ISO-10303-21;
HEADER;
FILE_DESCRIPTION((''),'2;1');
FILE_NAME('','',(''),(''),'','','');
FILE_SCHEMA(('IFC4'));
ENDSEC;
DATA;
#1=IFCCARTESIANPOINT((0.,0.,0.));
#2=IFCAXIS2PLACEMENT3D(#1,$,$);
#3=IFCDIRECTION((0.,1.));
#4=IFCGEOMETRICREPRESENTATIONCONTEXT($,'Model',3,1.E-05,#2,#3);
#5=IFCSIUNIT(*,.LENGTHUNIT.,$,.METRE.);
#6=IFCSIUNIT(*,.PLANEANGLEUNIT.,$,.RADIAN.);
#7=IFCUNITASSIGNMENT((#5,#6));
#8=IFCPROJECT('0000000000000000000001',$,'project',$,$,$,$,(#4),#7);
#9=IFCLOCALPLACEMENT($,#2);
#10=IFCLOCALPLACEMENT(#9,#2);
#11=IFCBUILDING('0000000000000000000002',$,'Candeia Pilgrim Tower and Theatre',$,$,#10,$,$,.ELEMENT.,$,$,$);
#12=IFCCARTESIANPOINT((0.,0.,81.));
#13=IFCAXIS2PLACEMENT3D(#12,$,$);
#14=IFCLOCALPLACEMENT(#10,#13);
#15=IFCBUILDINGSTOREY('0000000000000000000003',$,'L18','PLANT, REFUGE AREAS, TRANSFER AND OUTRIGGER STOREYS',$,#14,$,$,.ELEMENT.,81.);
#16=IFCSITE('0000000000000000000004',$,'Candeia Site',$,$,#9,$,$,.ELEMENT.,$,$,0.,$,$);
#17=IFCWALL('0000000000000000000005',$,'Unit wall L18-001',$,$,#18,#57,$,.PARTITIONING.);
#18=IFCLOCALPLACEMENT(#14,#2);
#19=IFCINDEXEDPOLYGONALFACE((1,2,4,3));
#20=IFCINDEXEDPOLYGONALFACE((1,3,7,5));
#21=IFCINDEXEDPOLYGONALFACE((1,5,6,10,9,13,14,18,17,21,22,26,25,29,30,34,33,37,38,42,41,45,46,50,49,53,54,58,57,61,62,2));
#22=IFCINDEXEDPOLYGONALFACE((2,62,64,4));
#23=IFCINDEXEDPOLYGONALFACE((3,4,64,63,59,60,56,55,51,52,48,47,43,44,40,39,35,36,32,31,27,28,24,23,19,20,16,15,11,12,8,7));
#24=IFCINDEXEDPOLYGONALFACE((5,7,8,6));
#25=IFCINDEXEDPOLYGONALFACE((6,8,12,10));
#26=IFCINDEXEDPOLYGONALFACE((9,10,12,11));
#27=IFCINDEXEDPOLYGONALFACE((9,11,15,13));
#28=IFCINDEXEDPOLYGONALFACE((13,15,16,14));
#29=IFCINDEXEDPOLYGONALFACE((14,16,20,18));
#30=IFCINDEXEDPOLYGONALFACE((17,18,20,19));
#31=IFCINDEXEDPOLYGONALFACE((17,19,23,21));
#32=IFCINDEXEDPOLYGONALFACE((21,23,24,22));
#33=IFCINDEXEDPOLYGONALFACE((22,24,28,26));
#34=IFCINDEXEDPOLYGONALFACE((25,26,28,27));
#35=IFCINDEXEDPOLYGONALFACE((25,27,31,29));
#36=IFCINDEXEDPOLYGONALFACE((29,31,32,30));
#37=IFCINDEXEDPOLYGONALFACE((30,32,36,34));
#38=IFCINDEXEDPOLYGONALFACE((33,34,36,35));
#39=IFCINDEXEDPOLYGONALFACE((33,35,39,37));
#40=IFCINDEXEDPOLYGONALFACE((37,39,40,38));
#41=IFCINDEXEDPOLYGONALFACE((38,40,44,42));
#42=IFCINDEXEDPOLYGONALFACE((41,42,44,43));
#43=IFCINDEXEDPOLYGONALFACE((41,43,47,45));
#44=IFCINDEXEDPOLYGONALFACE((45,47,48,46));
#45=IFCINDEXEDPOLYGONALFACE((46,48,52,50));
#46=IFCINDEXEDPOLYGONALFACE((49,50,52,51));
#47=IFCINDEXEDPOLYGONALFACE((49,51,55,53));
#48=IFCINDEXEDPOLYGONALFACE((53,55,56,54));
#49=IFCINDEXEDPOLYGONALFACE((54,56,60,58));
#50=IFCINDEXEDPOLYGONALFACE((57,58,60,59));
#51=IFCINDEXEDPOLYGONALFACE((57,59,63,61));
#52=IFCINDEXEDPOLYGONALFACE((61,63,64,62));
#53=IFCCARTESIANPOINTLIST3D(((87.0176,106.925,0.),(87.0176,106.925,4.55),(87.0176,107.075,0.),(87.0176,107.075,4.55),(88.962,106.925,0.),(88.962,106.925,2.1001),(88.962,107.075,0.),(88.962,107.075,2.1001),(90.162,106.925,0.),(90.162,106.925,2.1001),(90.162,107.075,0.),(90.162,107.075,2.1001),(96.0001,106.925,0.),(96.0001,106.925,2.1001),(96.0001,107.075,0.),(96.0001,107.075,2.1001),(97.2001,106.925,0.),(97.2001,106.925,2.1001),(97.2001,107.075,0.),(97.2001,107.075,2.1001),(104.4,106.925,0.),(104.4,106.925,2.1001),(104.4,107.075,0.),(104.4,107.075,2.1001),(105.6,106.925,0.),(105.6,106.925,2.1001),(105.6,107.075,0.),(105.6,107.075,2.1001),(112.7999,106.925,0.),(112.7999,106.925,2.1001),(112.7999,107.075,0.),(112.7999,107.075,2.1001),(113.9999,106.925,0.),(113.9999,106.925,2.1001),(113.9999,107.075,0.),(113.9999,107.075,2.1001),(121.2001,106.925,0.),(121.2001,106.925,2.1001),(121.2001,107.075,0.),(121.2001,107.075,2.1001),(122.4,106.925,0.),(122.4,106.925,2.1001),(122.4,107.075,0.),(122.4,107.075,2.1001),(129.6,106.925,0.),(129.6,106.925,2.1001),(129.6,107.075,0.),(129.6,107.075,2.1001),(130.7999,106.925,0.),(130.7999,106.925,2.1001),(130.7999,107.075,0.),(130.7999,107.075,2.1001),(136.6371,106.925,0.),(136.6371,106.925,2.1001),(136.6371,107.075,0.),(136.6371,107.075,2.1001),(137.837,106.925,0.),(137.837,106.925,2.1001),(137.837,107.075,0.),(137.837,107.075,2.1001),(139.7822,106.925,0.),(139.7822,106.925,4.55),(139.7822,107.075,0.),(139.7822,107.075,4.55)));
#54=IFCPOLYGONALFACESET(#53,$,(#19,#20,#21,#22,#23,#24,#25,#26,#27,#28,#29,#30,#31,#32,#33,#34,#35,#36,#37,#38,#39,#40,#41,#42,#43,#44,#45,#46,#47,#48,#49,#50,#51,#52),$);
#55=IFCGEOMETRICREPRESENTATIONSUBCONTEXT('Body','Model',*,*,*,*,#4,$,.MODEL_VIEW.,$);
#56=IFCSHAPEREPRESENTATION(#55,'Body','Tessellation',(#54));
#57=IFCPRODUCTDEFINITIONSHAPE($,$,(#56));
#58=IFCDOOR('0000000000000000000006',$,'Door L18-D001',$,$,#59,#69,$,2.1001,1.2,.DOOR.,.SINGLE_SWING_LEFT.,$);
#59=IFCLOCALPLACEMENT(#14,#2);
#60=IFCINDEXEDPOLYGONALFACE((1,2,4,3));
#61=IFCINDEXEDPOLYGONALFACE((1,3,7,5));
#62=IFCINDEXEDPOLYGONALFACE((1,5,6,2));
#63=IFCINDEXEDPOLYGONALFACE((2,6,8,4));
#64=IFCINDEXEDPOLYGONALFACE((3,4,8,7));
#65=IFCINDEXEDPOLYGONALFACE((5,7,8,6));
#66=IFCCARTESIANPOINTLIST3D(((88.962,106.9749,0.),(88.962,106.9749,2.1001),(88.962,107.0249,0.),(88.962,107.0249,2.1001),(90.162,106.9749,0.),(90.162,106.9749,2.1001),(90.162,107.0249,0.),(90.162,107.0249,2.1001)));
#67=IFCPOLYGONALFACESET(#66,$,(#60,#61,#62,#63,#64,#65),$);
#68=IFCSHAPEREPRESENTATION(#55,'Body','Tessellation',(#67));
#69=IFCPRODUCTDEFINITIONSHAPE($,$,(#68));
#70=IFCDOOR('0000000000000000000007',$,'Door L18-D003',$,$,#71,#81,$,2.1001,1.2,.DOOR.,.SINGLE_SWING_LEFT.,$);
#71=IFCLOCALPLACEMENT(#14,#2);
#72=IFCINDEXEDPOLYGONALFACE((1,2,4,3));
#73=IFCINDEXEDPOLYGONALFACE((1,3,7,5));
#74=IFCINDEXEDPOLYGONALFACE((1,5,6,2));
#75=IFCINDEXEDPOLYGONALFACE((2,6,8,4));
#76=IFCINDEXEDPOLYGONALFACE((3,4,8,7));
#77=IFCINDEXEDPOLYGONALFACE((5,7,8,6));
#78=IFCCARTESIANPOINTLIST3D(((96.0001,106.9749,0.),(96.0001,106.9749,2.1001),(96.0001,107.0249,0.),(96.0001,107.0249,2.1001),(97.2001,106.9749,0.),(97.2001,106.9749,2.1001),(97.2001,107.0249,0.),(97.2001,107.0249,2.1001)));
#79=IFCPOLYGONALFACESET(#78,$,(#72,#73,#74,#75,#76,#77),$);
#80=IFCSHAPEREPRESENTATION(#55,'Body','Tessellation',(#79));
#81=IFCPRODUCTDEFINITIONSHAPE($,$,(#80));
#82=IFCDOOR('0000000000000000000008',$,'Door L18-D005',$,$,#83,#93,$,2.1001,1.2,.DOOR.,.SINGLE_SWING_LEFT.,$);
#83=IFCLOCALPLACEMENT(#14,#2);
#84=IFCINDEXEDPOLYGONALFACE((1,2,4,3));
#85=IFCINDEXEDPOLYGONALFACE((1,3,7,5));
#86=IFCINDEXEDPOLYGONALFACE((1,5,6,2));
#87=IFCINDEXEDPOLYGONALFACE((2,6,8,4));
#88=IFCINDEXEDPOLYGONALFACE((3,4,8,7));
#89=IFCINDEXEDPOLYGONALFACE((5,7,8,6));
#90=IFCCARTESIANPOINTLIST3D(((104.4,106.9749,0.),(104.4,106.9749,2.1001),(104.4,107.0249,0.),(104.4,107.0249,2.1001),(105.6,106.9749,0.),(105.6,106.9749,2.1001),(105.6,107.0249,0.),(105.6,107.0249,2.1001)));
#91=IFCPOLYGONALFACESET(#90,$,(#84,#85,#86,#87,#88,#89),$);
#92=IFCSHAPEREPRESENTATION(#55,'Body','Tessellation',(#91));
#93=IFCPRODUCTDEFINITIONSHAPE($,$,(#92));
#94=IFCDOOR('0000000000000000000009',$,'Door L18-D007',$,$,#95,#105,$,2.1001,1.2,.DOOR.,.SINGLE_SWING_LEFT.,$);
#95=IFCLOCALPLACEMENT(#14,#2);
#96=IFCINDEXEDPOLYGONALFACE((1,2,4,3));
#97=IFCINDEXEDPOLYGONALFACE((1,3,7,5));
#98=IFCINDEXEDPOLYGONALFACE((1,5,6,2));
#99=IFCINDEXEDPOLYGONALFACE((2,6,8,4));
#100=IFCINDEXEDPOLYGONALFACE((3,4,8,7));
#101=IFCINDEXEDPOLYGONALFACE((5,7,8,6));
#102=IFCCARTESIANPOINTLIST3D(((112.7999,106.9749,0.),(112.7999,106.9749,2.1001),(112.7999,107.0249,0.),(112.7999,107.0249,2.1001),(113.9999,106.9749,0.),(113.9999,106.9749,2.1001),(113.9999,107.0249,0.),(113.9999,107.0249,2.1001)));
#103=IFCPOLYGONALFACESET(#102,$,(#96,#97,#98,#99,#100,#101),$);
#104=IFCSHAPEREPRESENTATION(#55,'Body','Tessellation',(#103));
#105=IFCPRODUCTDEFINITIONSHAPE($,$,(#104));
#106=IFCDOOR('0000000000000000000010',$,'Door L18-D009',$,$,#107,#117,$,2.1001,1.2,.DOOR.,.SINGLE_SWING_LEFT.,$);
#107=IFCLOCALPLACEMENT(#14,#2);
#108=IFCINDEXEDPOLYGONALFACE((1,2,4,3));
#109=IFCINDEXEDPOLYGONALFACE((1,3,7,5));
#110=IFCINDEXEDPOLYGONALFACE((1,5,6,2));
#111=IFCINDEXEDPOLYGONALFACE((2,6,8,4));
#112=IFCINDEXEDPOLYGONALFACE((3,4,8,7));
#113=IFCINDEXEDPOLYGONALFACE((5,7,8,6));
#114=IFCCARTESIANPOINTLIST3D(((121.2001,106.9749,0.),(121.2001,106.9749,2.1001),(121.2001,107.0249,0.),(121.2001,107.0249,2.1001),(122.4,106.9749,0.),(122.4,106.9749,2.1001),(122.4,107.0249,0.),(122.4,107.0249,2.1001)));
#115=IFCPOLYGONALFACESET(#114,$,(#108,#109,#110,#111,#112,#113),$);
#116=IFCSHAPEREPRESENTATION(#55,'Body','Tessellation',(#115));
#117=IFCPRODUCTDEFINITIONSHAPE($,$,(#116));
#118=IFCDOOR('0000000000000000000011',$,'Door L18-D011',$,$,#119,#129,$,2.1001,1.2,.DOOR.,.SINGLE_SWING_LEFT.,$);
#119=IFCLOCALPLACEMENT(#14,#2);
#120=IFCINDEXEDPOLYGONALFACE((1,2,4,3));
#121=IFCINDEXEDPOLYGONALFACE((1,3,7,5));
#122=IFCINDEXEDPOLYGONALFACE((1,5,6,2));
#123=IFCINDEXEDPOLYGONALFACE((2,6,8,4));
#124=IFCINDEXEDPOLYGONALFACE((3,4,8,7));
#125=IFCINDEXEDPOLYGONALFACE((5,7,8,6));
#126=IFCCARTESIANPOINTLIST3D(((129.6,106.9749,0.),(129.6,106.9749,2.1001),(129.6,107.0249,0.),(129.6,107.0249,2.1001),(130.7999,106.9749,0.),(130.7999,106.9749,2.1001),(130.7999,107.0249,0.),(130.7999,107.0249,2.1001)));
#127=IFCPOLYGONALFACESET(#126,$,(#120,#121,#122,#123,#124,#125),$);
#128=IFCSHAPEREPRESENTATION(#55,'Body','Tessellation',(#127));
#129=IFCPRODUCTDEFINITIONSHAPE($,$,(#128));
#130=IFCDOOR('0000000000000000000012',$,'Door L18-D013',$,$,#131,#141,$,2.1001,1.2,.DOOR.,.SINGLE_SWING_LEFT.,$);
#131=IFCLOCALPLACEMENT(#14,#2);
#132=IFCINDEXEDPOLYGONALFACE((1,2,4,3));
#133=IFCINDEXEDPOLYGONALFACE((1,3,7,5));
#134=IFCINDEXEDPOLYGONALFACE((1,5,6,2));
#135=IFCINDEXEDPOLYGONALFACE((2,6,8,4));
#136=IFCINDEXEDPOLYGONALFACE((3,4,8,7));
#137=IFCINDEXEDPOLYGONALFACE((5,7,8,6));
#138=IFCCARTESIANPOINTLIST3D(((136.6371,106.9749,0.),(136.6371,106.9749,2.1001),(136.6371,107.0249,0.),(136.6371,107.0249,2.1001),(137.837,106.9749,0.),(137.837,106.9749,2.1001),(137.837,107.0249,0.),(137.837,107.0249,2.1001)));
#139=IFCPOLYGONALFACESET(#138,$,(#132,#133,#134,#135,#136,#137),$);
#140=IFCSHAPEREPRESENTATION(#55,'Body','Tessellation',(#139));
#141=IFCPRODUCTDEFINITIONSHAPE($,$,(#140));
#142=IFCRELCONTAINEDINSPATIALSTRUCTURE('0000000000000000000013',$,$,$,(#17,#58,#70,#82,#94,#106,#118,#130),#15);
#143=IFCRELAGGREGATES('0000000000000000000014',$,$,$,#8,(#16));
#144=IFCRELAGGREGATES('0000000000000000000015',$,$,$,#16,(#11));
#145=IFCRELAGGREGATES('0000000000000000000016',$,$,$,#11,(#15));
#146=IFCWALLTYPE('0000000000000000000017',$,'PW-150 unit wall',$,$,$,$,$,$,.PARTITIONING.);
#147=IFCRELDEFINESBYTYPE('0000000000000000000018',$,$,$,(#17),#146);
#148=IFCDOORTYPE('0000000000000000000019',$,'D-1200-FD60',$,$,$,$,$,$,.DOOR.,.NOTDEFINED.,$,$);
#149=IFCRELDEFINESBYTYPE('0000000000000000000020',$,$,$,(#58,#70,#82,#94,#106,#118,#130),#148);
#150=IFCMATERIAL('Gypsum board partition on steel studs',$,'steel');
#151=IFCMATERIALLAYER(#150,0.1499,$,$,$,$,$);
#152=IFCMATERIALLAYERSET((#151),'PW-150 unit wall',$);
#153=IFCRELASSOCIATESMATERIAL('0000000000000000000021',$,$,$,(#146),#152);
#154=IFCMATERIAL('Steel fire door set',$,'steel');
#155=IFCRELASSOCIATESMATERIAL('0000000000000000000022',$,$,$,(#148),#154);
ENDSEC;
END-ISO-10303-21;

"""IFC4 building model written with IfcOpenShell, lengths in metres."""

from ifc_helpers import new_model, si_unit, direction, frame, frame_2d, origin, place, context, subcontext, project, spatial, rectangle, extrude, material, layer, layer_set, type_object, element, fill, save


model = new_model("IFC4")

# Units and contexts
model_context = context("Model", 3, precision=1e-05, world=origin(), true_north=direction((0.0, 1.0)))
body_context = subcontext(model_context, "Body", "Model", "MODEL_VIEW")
ifc_project = project(units=[si_unit("LENGTHUNIT", "METRE"), si_unit("PLANEANGLEUNIT", "RADIAN")], contexts=[model_context])

# Site, building, storey
site_placement = place(None, origin())
site = spatial("IfcSite", under=ifc_project, at=site_placement, Name="Candeia Site", CompositionType="ELEMENT", RefElevation=0.0)
building_placement = place(site_placement, origin())
building = spatial("IfcBuilding", under=site, at=building_placement, Name="Candeia Pilgrim Tower and Theatre", CompositionType="ELEMENT")
storey_placement = place(building_placement, frame((0.0, 0.0, 81.0)))
storey = spatial("IfcBuildingStorey", under=building, at=storey_placement, Name="L18", Description="PLANT, REFUGE AREAS, TRANSFER AND OUTRIGGER STOREYS", CompositionType="ELEMENT", Elevation=81.0)

# Shared definitions
ifc_material_1 = material(Name="Gypsum board partition on steel studs", Category="steel")

# Wall, openings, doors
ifc_layer_1 = layer(ifc_material_1, 0.1499)
ifc_layer_set_1 = layer_set([ifc_layer_1], Name="PW-150 unit wall")
wall_type_1 = type_object("IfcWallType", Name="PW-150 unit wall", PredefinedType="PARTITIONING", material=ifc_layer_set_1)
wall_1_placement = place(storey_placement, frame((87.0176, 107.0, 0.0), z_axis=(0.0, 0.0, 1.0), x_axis=(1.0, 0.0, 0.0)))
wall_1 = element("IfcWall", 1, at=wall_1_placement, inside=storey, type_object=wall_type_1, Name="Unit wall L18-001", PredefinedType="PARTITIONING", context=body_context, shape_type="SweptSolid", body=[
    extrude(rectangle(XDim=52.7646, YDim=0.1499, at=frame_2d((26.3823, 0.0))), origin(), (0.0, 0.0, 1.0), 4.55),
])
opening_1_placement = place(wall_1_placement, frame((1.9443, 0.0, 0.0)))
opening_1 = element("IfcOpeningElement", 2, at=opening_1_placement, cuts=wall_1, PredefinedType="OPENING", context=body_context, shape_type="SweptSolid", body=[
    extrude(rectangle(XDim=1.2, YDim=2.1001, at=frame_2d((0.6001, 1.05))), frame((0.0, 0.085, 0.0), z_axis=(0.0, -1.0, 0.0), x_axis=(1.0, 0.0, 0.0)), (0.0, 0.0, 1.0), 0.1699),
])
opening_2_placement = place(wall_1_placement, frame((8.9824, 0.0, 0.0)))
opening_2 = element("IfcOpeningElement", 3, at=opening_2_placement, cuts=wall_1, PredefinedType="OPENING", context=body_context, shape_type="SweptSolid", body=[
    extrude(rectangle(XDim=1.2, YDim=2.1001, at=frame_2d((0.6001, 1.05))), frame((0.0, 0.085, 0.0), z_axis=(0.0, -1.0, 0.0), x_axis=(1.0, 0.0, 0.0)), (0.0, 0.0, 1.0), 0.1699),
])
opening_3_placement = place(wall_1_placement, frame((17.3823, 0.0, 0.0)))
opening_3 = element("IfcOpeningElement", 4, at=opening_3_placement, cuts=wall_1, PredefinedType="OPENING", context=body_context, shape_type="SweptSolid", body=[
    extrude(rectangle(XDim=1.2, YDim=2.1001, at=frame_2d((0.6001, 1.05))), frame((0.0, 0.085, 0.0), z_axis=(0.0, -1.0, 0.0), x_axis=(1.0, 0.0, 0.0)), (0.0, 0.0, 1.0), 0.1699),
])
opening_4_placement = place(wall_1_placement, frame((25.7822, 0.0, 0.0)))
opening_4 = element("IfcOpeningElement", 5, at=opening_4_placement, cuts=wall_1, PredefinedType="OPENING", context=body_context, shape_type="SweptSolid", body=[
    extrude(rectangle(XDim=1.2, YDim=2.1001, at=frame_2d((0.6001, 1.05))), frame((0.0, 0.085, 0.0), z_axis=(0.0, -1.0, 0.0), x_axis=(1.0, 0.0, 0.0)), (0.0, 0.0, 1.0), 0.1699),
])
opening_5_placement = place(wall_1_placement, frame((34.1824, 0.0, 0.0)))
opening_5 = element("IfcOpeningElement", 6, at=opening_5_placement, cuts=wall_1, PredefinedType="OPENING", context=body_context, shape_type="SweptSolid", body=[
    extrude(rectangle(XDim=1.2, YDim=2.1001, at=frame_2d((0.6001, 1.05))), frame((0.0, 0.085, 0.0), z_axis=(0.0, -1.0, 0.0), x_axis=(1.0, 0.0, 0.0)), (0.0, 0.0, 1.0), 0.1699),
])
opening_6_placement = place(wall_1_placement, frame((42.5823, 0.0, 0.0)))
opening_6 = element("IfcOpeningElement", 7, at=opening_6_placement, cuts=wall_1, PredefinedType="OPENING", context=body_context, shape_type="SweptSolid", body=[
    extrude(rectangle(XDim=1.2, YDim=2.1001, at=frame_2d((0.6001, 1.05))), frame((0.0, 0.085, 0.0), z_axis=(0.0, -1.0, 0.0), x_axis=(1.0, 0.0, 0.0)), (0.0, 0.0, 1.0), 0.1699),
])
opening_7_placement = place(wall_1_placement, frame((49.6194, 0.0, 0.0)))
opening_7 = element("IfcOpeningElement", 8, at=opening_7_placement, cuts=wall_1, PredefinedType="OPENING", context=body_context, shape_type="SweptSolid", body=[
    extrude(rectangle(XDim=1.2, YDim=2.1001, at=frame_2d((0.6001, 1.05))), frame((0.0, 0.085, 0.0), z_axis=(0.0, -1.0, 0.0), x_axis=(1.0, 0.0, 0.0)), (0.0, 0.0, 1.0), 0.1699),
])
ifc_material_2 = material(Name="Steel fire door set", Category="steel")
door_type_1 = type_object("IfcDoorType", Name="D-1200-FD60", OperationType="NOTDEFINED", PredefinedType="DOOR", material=ifc_material_2)
door_1_placement = place(opening_1_placement, origin())
door_1 = element("IfcDoor", 9, at=door_1_placement, inside=storey, type_object=door_type_1, Name="Door L18-D001", OperationType="SINGLE_SWING_LEFT", OverallHeight=2.1001, OverallWidth=1.2, PredefinedType="DOOR", context=body_context, shape_type="SweptSolid", body=[
    extrude(rectangle(XDim=1.2, YDim=2.1001, at=frame_2d((0.6001, 1.05))), frame((0.0, 0.0249, 0.0), z_axis=(0.0, -1.0, 0.0), x_axis=(1.0, 0.0, 0.0)), (0.0, 0.0, 1.0), 0.05),
])
fill(opening_1, door_1)
door_2_placement = place(opening_2_placement, origin())
door_2 = element("IfcDoor", 10, at=door_2_placement, inside=storey, type_object=door_type_1, Name="Door L18-D003", OperationType="SINGLE_SWING_LEFT", OverallHeight=2.1001, OverallWidth=1.2, PredefinedType="DOOR", context=body_context, shape_type="SweptSolid", body=[
    extrude(rectangle(XDim=1.2, YDim=2.1001, at=frame_2d((0.6001, 1.05))), frame((0.0, 0.0249, 0.0), z_axis=(0.0, -1.0, 0.0), x_axis=(1.0, 0.0, 0.0)), (0.0, 0.0, 1.0), 0.05),
])
fill(opening_2, door_2)
door_3_placement = place(opening_3_placement, origin())
door_3 = element("IfcDoor", 11, at=door_3_placement, inside=storey, type_object=door_type_1, Name="Door L18-D005", OperationType="SINGLE_SWING_LEFT", OverallHeight=2.1001, OverallWidth=1.2, PredefinedType="DOOR", context=body_context, shape_type="SweptSolid", body=[
    extrude(rectangle(XDim=1.2, YDim=2.1001, at=frame_2d((0.6001, 1.05))), frame((0.0, 0.0249, 0.0), z_axis=(0.0, -1.0, 0.0), x_axis=(1.0, 0.0, 0.0)), (0.0, 0.0, 1.0), 0.05),
])
fill(opening_3, door_3)
door_4_placement = place(opening_4_placement, origin())
door_4 = element("IfcDoor", 12, at=door_4_placement, inside=storey, type_object=door_type_1, Name="Door L18-D007", OperationType="SINGLE_SWING_LEFT", OverallHeight=2.1001, OverallWidth=1.2, PredefinedType="DOOR", context=body_context, shape_type="SweptSolid", body=[
    extrude(rectangle(XDim=1.2, YDim=2.1001, at=frame_2d((0.6001, 1.05))), frame((0.0, 0.0249, 0.0), z_axis=(0.0, -1.0, 0.0), x_axis=(1.0, 0.0, 0.0)), (0.0, 0.0, 1.0), 0.05),
])
fill(opening_4, door_4)
door_5_placement = place(opening_5_placement, origin())
door_5 = element("IfcDoor", 13, at=door_5_placement, inside=storey, type_object=door_type_1, Name="Door L18-D009", OperationType="SINGLE_SWING_LEFT", OverallHeight=2.1001, OverallWidth=1.2, PredefinedType="DOOR", context=body_context, shape_type="SweptSolid", body=[
    extrude(rectangle(XDim=1.2, YDim=2.1001, at=frame_2d((0.6001, 1.05))), frame((0.0, 0.0249, 0.0), z_axis=(0.0, -1.0, 0.0), x_axis=(1.0, 0.0, 0.0)), (0.0, 0.0, 1.0), 0.05),
])
fill(opening_5, door_5)
door_6_placement = place(opening_6_placement, origin())
door_6 = element("IfcDoor", 14, at=door_6_placement, inside=storey, type_object=door_type_1, Name="Door L18-D011", OperationType="SINGLE_SWING_LEFT", OverallHeight=2.1001, OverallWidth=1.2, PredefinedType="DOOR", context=body_context, shape_type="SweptSolid", body=[
    extrude(rectangle(XDim=1.2, YDim=2.1001, at=frame_2d((0.6001, 1.05))), frame((0.0, 0.0249, 0.0), z_axis=(0.0, -1.0, 0.0), x_axis=(1.0, 0.0, 0.0)), (0.0, 0.0, 1.0), 0.05),
])
fill(opening_6, door_6)
door_7_placement = place(opening_7_placement, origin())
door_7 = element("IfcDoor", 15, at=door_7_placement, inside=storey, type_object=door_type_1, Name="Door L18-D013", OperationType="SINGLE_SWING_LEFT", OverallHeight=2.1001, OverallWidth=1.2, PredefinedType="DOOR", context=body_context, shape_type="SweptSolid", body=[
    extrude(rectangle(XDim=1.2, YDim=2.1001, at=frame_2d((0.6001, 1.05))), frame((0.0, 0.0249, 0.0), z_axis=(0.0, -1.0, 0.0), x_axis=(1.0, 0.0, 0.0)), (0.0, 0.0, 1.0), 0.05),
])
fill(opening_7, door_7)

save(model, "model.ifc")
